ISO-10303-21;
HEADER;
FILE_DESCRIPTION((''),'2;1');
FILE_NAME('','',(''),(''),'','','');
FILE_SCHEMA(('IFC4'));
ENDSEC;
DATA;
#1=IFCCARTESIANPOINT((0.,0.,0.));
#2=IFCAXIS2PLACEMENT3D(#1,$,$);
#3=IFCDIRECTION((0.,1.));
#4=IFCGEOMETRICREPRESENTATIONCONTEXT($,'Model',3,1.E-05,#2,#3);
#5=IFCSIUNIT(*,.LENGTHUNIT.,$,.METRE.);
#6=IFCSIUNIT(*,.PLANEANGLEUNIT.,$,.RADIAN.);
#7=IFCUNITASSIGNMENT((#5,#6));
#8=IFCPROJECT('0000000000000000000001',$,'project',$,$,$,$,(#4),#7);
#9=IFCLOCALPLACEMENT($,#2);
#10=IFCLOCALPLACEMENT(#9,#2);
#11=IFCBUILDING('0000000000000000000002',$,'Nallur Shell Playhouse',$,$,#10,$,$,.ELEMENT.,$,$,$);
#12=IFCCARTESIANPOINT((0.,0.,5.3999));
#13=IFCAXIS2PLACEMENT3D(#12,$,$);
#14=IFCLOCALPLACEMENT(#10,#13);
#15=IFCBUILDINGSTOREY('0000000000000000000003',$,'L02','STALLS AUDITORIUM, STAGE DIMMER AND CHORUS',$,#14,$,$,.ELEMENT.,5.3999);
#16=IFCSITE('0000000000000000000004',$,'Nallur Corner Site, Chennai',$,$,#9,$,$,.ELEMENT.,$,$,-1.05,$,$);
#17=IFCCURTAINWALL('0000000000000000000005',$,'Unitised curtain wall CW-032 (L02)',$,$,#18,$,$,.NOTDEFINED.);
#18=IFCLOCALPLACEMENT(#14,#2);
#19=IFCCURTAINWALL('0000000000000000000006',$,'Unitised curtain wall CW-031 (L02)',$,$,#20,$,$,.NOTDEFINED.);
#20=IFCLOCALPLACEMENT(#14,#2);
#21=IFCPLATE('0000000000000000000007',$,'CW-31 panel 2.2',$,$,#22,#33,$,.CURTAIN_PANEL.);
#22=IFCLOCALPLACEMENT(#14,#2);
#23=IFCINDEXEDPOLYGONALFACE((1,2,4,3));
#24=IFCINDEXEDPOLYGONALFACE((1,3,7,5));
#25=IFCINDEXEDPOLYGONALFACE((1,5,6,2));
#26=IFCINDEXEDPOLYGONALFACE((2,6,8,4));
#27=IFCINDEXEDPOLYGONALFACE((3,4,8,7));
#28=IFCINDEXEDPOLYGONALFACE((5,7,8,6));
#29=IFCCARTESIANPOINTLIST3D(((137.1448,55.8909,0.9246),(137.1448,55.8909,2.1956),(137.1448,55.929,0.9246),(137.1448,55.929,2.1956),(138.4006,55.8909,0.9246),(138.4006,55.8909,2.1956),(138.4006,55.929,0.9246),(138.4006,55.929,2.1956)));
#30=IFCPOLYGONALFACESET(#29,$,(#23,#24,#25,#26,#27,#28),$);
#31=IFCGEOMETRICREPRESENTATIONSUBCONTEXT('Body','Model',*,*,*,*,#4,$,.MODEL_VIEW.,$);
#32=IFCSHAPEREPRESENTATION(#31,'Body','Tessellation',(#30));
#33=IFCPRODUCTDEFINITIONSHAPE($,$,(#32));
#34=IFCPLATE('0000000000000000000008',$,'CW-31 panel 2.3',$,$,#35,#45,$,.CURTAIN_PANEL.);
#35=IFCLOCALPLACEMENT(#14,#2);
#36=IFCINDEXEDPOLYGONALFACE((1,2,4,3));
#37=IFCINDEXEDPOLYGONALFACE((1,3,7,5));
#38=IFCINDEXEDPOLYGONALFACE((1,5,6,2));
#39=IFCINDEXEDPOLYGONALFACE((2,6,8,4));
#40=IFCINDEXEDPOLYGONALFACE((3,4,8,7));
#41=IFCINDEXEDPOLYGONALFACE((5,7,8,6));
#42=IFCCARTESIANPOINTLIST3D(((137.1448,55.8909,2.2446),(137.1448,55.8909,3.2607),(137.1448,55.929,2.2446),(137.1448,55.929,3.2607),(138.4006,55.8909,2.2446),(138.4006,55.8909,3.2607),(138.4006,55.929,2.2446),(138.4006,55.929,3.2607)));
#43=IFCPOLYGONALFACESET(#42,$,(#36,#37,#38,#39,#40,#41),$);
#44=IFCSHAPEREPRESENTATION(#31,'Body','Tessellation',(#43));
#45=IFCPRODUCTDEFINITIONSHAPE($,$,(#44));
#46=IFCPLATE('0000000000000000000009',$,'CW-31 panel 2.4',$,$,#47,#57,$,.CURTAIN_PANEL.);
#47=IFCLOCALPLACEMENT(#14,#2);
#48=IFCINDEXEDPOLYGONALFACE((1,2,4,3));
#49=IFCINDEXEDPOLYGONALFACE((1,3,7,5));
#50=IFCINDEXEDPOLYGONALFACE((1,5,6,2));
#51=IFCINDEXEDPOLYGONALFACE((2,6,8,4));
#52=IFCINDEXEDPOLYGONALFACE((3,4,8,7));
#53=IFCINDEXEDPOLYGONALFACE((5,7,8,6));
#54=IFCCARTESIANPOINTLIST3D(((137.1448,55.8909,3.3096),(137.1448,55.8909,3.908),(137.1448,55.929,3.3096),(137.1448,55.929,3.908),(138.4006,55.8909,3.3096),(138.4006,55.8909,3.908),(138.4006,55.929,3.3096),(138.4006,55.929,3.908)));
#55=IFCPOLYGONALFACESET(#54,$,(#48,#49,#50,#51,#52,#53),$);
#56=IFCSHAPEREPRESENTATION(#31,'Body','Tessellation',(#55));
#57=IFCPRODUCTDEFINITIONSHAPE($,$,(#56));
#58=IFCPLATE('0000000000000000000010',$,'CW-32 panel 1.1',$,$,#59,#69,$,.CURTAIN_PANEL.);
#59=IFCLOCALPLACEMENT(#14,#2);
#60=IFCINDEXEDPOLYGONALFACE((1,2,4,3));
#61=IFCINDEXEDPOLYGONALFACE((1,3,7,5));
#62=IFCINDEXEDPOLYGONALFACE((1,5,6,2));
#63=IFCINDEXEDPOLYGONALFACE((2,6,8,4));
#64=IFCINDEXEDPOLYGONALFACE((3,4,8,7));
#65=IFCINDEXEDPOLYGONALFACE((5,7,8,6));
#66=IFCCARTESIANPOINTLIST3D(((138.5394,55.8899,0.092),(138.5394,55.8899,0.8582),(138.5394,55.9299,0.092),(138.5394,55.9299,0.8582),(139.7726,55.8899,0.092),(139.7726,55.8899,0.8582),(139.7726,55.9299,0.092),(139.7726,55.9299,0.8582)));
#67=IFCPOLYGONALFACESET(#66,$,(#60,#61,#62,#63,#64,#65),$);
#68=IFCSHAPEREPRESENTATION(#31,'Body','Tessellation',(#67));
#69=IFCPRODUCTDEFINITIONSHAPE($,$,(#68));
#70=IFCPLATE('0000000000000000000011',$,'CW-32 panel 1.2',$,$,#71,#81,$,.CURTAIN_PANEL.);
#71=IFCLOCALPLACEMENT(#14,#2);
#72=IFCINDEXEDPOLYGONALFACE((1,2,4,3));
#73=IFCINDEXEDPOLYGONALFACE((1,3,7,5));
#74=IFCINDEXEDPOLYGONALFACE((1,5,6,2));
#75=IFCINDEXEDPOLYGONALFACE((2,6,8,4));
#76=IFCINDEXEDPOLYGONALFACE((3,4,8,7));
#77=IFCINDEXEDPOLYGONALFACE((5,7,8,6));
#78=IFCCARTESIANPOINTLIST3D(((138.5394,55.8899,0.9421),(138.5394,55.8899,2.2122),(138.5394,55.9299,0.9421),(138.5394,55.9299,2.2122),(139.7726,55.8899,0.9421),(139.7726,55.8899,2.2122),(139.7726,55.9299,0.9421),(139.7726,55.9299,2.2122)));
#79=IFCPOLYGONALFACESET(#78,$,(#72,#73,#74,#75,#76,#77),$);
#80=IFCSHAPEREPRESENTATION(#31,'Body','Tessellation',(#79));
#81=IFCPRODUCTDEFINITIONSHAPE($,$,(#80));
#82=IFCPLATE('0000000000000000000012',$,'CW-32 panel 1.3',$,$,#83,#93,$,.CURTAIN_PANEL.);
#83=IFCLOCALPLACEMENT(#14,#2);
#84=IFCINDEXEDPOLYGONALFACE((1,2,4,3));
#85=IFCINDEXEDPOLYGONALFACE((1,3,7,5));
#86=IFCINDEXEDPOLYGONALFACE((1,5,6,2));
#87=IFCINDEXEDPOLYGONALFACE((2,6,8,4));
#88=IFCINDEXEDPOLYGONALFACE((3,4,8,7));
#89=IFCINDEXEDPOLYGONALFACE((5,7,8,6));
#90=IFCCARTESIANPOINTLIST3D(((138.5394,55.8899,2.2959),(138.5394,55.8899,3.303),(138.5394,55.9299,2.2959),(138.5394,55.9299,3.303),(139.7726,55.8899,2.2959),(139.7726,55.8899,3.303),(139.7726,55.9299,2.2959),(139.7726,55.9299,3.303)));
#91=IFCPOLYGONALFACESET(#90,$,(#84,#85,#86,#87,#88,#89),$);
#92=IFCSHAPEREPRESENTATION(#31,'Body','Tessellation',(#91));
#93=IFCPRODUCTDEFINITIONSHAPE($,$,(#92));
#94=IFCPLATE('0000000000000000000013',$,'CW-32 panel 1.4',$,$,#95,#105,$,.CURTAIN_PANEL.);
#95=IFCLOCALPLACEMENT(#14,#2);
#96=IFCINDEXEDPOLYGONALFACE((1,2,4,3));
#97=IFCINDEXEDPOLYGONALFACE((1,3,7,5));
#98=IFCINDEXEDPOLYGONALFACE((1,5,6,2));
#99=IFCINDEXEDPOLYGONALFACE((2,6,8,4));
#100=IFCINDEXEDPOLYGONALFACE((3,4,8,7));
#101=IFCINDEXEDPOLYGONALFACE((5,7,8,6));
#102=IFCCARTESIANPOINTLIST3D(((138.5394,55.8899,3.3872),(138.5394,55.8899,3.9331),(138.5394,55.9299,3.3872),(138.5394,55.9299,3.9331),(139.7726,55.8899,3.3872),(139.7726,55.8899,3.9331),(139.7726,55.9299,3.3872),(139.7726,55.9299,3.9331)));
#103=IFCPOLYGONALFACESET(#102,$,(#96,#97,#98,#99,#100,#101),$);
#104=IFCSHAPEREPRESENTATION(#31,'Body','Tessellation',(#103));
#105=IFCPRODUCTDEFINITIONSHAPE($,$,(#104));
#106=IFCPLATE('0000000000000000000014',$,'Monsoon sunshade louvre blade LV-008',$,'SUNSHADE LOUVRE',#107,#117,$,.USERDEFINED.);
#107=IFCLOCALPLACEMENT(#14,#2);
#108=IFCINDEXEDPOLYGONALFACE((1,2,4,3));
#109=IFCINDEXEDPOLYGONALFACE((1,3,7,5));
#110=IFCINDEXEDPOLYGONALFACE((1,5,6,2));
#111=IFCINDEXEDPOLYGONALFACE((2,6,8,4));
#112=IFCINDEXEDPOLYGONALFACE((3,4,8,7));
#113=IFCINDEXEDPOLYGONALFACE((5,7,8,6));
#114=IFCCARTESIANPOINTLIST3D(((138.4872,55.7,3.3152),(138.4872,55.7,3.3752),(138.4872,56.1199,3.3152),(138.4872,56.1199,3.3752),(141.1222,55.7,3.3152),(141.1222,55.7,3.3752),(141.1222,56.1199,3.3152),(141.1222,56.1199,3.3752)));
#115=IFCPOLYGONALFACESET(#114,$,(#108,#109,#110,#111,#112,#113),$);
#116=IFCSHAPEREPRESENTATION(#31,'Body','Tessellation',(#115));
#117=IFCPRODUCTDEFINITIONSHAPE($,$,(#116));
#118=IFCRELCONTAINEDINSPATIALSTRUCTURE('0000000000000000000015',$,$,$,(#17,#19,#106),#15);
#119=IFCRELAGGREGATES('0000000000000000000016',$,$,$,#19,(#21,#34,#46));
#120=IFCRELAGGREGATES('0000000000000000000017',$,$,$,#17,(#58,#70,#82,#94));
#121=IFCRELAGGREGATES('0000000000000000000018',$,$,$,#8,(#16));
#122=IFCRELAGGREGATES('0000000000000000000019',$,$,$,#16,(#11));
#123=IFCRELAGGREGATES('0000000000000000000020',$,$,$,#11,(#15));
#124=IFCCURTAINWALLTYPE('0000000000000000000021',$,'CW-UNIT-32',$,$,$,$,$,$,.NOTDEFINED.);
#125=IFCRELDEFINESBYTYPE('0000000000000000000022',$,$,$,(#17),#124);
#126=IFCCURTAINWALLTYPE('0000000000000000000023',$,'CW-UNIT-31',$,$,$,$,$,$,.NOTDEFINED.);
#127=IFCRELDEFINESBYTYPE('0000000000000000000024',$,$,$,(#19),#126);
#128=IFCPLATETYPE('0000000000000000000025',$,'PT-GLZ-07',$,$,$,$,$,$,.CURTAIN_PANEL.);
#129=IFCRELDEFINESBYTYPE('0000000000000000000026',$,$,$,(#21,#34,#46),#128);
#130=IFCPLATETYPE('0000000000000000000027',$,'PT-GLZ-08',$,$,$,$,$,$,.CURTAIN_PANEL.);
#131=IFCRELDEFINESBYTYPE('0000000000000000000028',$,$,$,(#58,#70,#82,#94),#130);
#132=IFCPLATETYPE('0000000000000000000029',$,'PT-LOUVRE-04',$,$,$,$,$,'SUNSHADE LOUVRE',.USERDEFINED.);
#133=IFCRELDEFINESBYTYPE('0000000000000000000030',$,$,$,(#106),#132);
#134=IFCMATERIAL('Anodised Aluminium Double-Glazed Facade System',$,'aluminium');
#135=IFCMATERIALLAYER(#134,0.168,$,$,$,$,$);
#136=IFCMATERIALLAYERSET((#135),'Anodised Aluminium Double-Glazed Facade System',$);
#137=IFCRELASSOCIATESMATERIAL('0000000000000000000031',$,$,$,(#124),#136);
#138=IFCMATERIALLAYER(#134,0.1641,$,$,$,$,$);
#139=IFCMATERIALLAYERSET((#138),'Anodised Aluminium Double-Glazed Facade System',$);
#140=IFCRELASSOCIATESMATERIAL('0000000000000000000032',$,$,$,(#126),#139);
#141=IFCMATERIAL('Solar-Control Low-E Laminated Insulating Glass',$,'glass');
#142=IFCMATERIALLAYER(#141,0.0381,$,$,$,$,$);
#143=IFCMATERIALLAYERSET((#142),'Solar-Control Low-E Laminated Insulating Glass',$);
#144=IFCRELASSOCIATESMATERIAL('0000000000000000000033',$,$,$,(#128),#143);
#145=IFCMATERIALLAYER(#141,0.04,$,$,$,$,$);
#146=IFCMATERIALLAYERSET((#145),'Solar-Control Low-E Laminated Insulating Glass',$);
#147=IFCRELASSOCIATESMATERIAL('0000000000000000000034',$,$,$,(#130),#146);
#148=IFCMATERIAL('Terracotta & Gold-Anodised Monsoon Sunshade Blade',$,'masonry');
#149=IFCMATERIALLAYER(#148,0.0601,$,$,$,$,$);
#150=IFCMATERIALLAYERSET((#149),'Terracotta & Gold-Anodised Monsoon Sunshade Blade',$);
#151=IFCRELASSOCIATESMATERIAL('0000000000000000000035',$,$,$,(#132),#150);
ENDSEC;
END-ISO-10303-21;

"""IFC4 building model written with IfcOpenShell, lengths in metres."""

from ifc_helpers import new_model, si_unit, direction, frame, origin, origin_2d, place, context, subcontext, project, spatial, rectangle, extrude, material, layer, layer_set, type_object, element, aggregate, save


model = new_model("IFC4")

# Units and contexts
model_context = context("Model", 3, precision=1e-05, world=origin(), true_north=direction((0.0, 1.0)))
body_context = subcontext(model_context, "Body", "Model", "MODEL_VIEW")
ifc_project = project(units=[si_unit("LENGTHUNIT", "METRE"), si_unit("PLANEANGLEUNIT", "RADIAN")], contexts=[model_context])

# Site, building, storey
site_placement = place(None, origin())
site = spatial("IfcSite", under=ifc_project, at=site_placement, Name="Nallur Corner Site, Chennai", CompositionType="ELEMENT", RefElevation=-1.05)
building_placement = place(site_placement, origin())
building = spatial("IfcBuilding", under=site, at=building_placement, Name="Nallur Shell Playhouse", CompositionType="ELEMENT")
storey_placement = place(building_placement, frame((0.0, 0.0, 5.3999)))
storey = spatial("IfcBuildingStorey", under=building, at=storey_placement, Name="L02", Description="STALLS AUDITORIUM, STAGE DIMMER AND CHORUS", CompositionType="ELEMENT", Elevation=5.3999)

# Curtain walls
ifc_material_1 = material(Name="Anodised Aluminium Double-Glazed Facade System", Category="aluminium")
ifc_layer_1 = layer(ifc_material_1, 0.168)
ifc_layer_set_1 = layer_set([ifc_layer_1], Name="Anodised Aluminium Double-Glazed Facade System")
curtain_wall_type_1 = type_object("IfcCurtainWallType", Name="CW-UNIT-32", PredefinedType="NOTDEFINED", material=ifc_layer_set_1)
curtain_wall_1_placement = place(storey_placement, origin())
curtain_wall_1 = element("IfcCurtainWall", 1, at=curtain_wall_1_placement, inside=storey, type_object=curtain_wall_type_1, Name="Unitised curtain wall CW-032 (L02)", PredefinedType="NOTDEFINED")
ifc_layer_2 = layer(ifc_material_1, 0.1641)
ifc_layer_set_2 = layer_set([ifc_layer_2], Name="Anodised Aluminium Double-Glazed Facade System")
curtain_wall_type_2 = type_object("IfcCurtainWallType", Name="CW-UNIT-31", PredefinedType="NOTDEFINED", material=ifc_layer_set_2)
curtain_wall_2_placement = place(storey_placement, origin())
curtain_wall_2 = element("IfcCurtainWall", 2, at=curtain_wall_2_placement, inside=storey, type_object=curtain_wall_type_2, Name="Unitised curtain wall CW-031 (L02)", PredefinedType="NOTDEFINED")

# Plates
ifc_material_2 = material(Name="Solar-Control Low-E Laminated Insulating Glass", Category="glass")
ifc_layer_3 = layer(ifc_material_2, 0.0381)
ifc_layer_set_3 = layer_set([ifc_layer_3], Name="Solar-Control Low-E Laminated Insulating Glass")
plate_type_1 = type_object("IfcPlateType", Name="PT-GLZ-07", PredefinedType="CURTAIN_PANEL", material=ifc_layer_set_3)
plate_1_placement = place(storey_placement, frame((137.7727, 55.9099, 0.9246), z_axis=(0.0, 0.0, 1.0), x_axis=(1.0, 0.0, 0.0)))
plate_1 = element("IfcPlate", 3, at=plate_1_placement, type_object=plate_type_1, Name="CW-31 panel 2.2", PredefinedType="CURTAIN_PANEL", context=body_context, shape_type="SweptSolid", body=[
    extrude(rectangle(XDim=1.2559, YDim=0.0381, at=origin_2d()), origin(), (0.0, 0.0, 1.0), 1.271),
])
plate_2_placement = place(storey_placement, frame((137.7727, 55.9099, 2.2446), z_axis=(0.0, 0.0, 1.0), x_axis=(1.0, 0.0, 0.0)))
plate_2 = element("IfcPlate", 4, at=plate_2_placement, type_object=plate_type_1, Name="CW-31 panel 2.3", PredefinedType="CURTAIN_PANEL", context=body_context, shape_type="SweptSolid", body=[
    extrude(rectangle(XDim=1.2559, YDim=0.0381, at=origin_2d()), origin(), (0.0, 0.0, 1.0), 1.0161),
])
plate_3_placement = place(storey_placement, frame((137.7727, 55.9099, 3.3096), z_axis=(0.0, 0.0, 1.0), x_axis=(1.0, 0.0, 0.0)))
plate_3 = element("IfcPlate", 5, at=plate_3_placement, type_object=plate_type_1, Name="CW-31 panel 2.4", PredefinedType="CURTAIN_PANEL", context=body_context, shape_type="SweptSolid", body=[
    extrude(rectangle(XDim=1.2559, YDim=0.0381, at=origin_2d()), origin(), (0.0, 0.0, 1.0), 0.5984),
])
aggregate(curtain_wall_2, [plate_1, plate_2, plate_3])
ifc_layer_4 = layer(ifc_material_2, 0.04)
ifc_layer_set_4 = layer_set([ifc_layer_4], Name="Solar-Control Low-E Laminated Insulating Glass")
plate_type_2 = type_object("IfcPlateType", Name="PT-GLZ-08", PredefinedType="CURTAIN_PANEL", material=ifc_layer_set_4)
plate_4_placement = place(storey_placement, frame((139.156, 55.9099, 0.092), z_axis=(0.0, 0.0, 1.0), x_axis=(1.0, 0.0, 0.0)))
plate_4 = element("IfcPlate", 6, at=plate_4_placement, type_object=plate_type_2, Name="CW-32 panel 1.1", PredefinedType="CURTAIN_PANEL", context=body_context, shape_type="SweptSolid", body=[
    extrude(rectangle(XDim=1.2332, YDim=0.04, at=origin_2d()), origin(), (0.0, 0.0, 1.0), 0.7661),
])
plate_5_placement = place(storey_placement, frame((139.156, 55.9099, 0.9421), z_axis=(0.0, 0.0, 1.0), x_axis=(1.0, 0.0, 0.0)))
plate_5 = element("IfcPlate", 7, at=plate_5_placement, type_object=plate_type_2, Name="CW-32 panel 1.2", PredefinedType="CURTAIN_PANEL", context=body_context, shape_type="SweptSolid", body=[
    extrude(rectangle(XDim=1.2332, YDim=0.04, at=origin_2d()), origin(), (0.0, 0.0, 1.0), 1.27),
])
plate_6_placement = place(storey_placement, frame((139.156, 55.9099, 2.2959), z_axis=(0.0, 0.0, 1.0), x_axis=(1.0, 0.0, 0.0)))
plate_6 = element("IfcPlate", 8, at=plate_6_placement, type_object=plate_type_2, Name="CW-32 panel 1.3", PredefinedType="CURTAIN_PANEL", context=body_context, shape_type="SweptSolid", body=[
    extrude(rectangle(XDim=1.2332, YDim=0.04, at=origin_2d()), origin(), (0.0, 0.0, 1.0), 1.0071),
])
plate_7_placement = place(storey_placement, frame((139.156, 55.9099, 3.3872), z_axis=(0.0, 0.0, 1.0), x_axis=(1.0, 0.0, 0.0)))
plate_7 = element("IfcPlate", 9, at=plate_7_placement, type_object=plate_type_2, Name="CW-32 panel 1.4", PredefinedType="CURTAIN_PANEL", context=body_context, shape_type="SweptSolid", body=[
    extrude(rectangle(XDim=1.2332, YDim=0.04, at=origin_2d()), origin(), (0.0, 0.0, 1.0), 0.5459),
])
aggregate(curtain_wall_1, [plate_4, plate_5, plate_6, plate_7])
ifc_material_3 = material(Name="Terracotta & Gold-Anodised Monsoon Sunshade Blade", Category="masonry")
ifc_layer_5 = layer(ifc_material_3, 0.0601)
ifc_layer_set_5 = layer_set([ifc_layer_5], Name="Terracotta & Gold-Anodised Monsoon Sunshade Blade")
plate_type_3 = type_object("IfcPlateType", Name="PT-LOUVRE-04", ElementType="SUNSHADE LOUVRE", PredefinedType="USERDEFINED", material=ifc_layer_set_5)
plate_8_placement = place(storey_placement, frame((139.8047, 55.9099, 3.3152), z_axis=(0.0, 0.0, 1.0), x_axis=(1.0, 0.0, 0.0)))
element("IfcPlate", 10, at=plate_8_placement, inside=storey, type_object=plate_type_3, Name="Monsoon sunshade louvre blade LV-008", ObjectType="SUNSHADE LOUVRE", PredefinedType="USERDEFINED", context=body_context, shape_type="SweptSolid", body=[
    extrude(rectangle(XDim=2.635, YDim=0.4199, at=origin_2d()), origin(), (0.0, 0.0, 1.0), 0.0601),
])

save(model, "model.ifc")
